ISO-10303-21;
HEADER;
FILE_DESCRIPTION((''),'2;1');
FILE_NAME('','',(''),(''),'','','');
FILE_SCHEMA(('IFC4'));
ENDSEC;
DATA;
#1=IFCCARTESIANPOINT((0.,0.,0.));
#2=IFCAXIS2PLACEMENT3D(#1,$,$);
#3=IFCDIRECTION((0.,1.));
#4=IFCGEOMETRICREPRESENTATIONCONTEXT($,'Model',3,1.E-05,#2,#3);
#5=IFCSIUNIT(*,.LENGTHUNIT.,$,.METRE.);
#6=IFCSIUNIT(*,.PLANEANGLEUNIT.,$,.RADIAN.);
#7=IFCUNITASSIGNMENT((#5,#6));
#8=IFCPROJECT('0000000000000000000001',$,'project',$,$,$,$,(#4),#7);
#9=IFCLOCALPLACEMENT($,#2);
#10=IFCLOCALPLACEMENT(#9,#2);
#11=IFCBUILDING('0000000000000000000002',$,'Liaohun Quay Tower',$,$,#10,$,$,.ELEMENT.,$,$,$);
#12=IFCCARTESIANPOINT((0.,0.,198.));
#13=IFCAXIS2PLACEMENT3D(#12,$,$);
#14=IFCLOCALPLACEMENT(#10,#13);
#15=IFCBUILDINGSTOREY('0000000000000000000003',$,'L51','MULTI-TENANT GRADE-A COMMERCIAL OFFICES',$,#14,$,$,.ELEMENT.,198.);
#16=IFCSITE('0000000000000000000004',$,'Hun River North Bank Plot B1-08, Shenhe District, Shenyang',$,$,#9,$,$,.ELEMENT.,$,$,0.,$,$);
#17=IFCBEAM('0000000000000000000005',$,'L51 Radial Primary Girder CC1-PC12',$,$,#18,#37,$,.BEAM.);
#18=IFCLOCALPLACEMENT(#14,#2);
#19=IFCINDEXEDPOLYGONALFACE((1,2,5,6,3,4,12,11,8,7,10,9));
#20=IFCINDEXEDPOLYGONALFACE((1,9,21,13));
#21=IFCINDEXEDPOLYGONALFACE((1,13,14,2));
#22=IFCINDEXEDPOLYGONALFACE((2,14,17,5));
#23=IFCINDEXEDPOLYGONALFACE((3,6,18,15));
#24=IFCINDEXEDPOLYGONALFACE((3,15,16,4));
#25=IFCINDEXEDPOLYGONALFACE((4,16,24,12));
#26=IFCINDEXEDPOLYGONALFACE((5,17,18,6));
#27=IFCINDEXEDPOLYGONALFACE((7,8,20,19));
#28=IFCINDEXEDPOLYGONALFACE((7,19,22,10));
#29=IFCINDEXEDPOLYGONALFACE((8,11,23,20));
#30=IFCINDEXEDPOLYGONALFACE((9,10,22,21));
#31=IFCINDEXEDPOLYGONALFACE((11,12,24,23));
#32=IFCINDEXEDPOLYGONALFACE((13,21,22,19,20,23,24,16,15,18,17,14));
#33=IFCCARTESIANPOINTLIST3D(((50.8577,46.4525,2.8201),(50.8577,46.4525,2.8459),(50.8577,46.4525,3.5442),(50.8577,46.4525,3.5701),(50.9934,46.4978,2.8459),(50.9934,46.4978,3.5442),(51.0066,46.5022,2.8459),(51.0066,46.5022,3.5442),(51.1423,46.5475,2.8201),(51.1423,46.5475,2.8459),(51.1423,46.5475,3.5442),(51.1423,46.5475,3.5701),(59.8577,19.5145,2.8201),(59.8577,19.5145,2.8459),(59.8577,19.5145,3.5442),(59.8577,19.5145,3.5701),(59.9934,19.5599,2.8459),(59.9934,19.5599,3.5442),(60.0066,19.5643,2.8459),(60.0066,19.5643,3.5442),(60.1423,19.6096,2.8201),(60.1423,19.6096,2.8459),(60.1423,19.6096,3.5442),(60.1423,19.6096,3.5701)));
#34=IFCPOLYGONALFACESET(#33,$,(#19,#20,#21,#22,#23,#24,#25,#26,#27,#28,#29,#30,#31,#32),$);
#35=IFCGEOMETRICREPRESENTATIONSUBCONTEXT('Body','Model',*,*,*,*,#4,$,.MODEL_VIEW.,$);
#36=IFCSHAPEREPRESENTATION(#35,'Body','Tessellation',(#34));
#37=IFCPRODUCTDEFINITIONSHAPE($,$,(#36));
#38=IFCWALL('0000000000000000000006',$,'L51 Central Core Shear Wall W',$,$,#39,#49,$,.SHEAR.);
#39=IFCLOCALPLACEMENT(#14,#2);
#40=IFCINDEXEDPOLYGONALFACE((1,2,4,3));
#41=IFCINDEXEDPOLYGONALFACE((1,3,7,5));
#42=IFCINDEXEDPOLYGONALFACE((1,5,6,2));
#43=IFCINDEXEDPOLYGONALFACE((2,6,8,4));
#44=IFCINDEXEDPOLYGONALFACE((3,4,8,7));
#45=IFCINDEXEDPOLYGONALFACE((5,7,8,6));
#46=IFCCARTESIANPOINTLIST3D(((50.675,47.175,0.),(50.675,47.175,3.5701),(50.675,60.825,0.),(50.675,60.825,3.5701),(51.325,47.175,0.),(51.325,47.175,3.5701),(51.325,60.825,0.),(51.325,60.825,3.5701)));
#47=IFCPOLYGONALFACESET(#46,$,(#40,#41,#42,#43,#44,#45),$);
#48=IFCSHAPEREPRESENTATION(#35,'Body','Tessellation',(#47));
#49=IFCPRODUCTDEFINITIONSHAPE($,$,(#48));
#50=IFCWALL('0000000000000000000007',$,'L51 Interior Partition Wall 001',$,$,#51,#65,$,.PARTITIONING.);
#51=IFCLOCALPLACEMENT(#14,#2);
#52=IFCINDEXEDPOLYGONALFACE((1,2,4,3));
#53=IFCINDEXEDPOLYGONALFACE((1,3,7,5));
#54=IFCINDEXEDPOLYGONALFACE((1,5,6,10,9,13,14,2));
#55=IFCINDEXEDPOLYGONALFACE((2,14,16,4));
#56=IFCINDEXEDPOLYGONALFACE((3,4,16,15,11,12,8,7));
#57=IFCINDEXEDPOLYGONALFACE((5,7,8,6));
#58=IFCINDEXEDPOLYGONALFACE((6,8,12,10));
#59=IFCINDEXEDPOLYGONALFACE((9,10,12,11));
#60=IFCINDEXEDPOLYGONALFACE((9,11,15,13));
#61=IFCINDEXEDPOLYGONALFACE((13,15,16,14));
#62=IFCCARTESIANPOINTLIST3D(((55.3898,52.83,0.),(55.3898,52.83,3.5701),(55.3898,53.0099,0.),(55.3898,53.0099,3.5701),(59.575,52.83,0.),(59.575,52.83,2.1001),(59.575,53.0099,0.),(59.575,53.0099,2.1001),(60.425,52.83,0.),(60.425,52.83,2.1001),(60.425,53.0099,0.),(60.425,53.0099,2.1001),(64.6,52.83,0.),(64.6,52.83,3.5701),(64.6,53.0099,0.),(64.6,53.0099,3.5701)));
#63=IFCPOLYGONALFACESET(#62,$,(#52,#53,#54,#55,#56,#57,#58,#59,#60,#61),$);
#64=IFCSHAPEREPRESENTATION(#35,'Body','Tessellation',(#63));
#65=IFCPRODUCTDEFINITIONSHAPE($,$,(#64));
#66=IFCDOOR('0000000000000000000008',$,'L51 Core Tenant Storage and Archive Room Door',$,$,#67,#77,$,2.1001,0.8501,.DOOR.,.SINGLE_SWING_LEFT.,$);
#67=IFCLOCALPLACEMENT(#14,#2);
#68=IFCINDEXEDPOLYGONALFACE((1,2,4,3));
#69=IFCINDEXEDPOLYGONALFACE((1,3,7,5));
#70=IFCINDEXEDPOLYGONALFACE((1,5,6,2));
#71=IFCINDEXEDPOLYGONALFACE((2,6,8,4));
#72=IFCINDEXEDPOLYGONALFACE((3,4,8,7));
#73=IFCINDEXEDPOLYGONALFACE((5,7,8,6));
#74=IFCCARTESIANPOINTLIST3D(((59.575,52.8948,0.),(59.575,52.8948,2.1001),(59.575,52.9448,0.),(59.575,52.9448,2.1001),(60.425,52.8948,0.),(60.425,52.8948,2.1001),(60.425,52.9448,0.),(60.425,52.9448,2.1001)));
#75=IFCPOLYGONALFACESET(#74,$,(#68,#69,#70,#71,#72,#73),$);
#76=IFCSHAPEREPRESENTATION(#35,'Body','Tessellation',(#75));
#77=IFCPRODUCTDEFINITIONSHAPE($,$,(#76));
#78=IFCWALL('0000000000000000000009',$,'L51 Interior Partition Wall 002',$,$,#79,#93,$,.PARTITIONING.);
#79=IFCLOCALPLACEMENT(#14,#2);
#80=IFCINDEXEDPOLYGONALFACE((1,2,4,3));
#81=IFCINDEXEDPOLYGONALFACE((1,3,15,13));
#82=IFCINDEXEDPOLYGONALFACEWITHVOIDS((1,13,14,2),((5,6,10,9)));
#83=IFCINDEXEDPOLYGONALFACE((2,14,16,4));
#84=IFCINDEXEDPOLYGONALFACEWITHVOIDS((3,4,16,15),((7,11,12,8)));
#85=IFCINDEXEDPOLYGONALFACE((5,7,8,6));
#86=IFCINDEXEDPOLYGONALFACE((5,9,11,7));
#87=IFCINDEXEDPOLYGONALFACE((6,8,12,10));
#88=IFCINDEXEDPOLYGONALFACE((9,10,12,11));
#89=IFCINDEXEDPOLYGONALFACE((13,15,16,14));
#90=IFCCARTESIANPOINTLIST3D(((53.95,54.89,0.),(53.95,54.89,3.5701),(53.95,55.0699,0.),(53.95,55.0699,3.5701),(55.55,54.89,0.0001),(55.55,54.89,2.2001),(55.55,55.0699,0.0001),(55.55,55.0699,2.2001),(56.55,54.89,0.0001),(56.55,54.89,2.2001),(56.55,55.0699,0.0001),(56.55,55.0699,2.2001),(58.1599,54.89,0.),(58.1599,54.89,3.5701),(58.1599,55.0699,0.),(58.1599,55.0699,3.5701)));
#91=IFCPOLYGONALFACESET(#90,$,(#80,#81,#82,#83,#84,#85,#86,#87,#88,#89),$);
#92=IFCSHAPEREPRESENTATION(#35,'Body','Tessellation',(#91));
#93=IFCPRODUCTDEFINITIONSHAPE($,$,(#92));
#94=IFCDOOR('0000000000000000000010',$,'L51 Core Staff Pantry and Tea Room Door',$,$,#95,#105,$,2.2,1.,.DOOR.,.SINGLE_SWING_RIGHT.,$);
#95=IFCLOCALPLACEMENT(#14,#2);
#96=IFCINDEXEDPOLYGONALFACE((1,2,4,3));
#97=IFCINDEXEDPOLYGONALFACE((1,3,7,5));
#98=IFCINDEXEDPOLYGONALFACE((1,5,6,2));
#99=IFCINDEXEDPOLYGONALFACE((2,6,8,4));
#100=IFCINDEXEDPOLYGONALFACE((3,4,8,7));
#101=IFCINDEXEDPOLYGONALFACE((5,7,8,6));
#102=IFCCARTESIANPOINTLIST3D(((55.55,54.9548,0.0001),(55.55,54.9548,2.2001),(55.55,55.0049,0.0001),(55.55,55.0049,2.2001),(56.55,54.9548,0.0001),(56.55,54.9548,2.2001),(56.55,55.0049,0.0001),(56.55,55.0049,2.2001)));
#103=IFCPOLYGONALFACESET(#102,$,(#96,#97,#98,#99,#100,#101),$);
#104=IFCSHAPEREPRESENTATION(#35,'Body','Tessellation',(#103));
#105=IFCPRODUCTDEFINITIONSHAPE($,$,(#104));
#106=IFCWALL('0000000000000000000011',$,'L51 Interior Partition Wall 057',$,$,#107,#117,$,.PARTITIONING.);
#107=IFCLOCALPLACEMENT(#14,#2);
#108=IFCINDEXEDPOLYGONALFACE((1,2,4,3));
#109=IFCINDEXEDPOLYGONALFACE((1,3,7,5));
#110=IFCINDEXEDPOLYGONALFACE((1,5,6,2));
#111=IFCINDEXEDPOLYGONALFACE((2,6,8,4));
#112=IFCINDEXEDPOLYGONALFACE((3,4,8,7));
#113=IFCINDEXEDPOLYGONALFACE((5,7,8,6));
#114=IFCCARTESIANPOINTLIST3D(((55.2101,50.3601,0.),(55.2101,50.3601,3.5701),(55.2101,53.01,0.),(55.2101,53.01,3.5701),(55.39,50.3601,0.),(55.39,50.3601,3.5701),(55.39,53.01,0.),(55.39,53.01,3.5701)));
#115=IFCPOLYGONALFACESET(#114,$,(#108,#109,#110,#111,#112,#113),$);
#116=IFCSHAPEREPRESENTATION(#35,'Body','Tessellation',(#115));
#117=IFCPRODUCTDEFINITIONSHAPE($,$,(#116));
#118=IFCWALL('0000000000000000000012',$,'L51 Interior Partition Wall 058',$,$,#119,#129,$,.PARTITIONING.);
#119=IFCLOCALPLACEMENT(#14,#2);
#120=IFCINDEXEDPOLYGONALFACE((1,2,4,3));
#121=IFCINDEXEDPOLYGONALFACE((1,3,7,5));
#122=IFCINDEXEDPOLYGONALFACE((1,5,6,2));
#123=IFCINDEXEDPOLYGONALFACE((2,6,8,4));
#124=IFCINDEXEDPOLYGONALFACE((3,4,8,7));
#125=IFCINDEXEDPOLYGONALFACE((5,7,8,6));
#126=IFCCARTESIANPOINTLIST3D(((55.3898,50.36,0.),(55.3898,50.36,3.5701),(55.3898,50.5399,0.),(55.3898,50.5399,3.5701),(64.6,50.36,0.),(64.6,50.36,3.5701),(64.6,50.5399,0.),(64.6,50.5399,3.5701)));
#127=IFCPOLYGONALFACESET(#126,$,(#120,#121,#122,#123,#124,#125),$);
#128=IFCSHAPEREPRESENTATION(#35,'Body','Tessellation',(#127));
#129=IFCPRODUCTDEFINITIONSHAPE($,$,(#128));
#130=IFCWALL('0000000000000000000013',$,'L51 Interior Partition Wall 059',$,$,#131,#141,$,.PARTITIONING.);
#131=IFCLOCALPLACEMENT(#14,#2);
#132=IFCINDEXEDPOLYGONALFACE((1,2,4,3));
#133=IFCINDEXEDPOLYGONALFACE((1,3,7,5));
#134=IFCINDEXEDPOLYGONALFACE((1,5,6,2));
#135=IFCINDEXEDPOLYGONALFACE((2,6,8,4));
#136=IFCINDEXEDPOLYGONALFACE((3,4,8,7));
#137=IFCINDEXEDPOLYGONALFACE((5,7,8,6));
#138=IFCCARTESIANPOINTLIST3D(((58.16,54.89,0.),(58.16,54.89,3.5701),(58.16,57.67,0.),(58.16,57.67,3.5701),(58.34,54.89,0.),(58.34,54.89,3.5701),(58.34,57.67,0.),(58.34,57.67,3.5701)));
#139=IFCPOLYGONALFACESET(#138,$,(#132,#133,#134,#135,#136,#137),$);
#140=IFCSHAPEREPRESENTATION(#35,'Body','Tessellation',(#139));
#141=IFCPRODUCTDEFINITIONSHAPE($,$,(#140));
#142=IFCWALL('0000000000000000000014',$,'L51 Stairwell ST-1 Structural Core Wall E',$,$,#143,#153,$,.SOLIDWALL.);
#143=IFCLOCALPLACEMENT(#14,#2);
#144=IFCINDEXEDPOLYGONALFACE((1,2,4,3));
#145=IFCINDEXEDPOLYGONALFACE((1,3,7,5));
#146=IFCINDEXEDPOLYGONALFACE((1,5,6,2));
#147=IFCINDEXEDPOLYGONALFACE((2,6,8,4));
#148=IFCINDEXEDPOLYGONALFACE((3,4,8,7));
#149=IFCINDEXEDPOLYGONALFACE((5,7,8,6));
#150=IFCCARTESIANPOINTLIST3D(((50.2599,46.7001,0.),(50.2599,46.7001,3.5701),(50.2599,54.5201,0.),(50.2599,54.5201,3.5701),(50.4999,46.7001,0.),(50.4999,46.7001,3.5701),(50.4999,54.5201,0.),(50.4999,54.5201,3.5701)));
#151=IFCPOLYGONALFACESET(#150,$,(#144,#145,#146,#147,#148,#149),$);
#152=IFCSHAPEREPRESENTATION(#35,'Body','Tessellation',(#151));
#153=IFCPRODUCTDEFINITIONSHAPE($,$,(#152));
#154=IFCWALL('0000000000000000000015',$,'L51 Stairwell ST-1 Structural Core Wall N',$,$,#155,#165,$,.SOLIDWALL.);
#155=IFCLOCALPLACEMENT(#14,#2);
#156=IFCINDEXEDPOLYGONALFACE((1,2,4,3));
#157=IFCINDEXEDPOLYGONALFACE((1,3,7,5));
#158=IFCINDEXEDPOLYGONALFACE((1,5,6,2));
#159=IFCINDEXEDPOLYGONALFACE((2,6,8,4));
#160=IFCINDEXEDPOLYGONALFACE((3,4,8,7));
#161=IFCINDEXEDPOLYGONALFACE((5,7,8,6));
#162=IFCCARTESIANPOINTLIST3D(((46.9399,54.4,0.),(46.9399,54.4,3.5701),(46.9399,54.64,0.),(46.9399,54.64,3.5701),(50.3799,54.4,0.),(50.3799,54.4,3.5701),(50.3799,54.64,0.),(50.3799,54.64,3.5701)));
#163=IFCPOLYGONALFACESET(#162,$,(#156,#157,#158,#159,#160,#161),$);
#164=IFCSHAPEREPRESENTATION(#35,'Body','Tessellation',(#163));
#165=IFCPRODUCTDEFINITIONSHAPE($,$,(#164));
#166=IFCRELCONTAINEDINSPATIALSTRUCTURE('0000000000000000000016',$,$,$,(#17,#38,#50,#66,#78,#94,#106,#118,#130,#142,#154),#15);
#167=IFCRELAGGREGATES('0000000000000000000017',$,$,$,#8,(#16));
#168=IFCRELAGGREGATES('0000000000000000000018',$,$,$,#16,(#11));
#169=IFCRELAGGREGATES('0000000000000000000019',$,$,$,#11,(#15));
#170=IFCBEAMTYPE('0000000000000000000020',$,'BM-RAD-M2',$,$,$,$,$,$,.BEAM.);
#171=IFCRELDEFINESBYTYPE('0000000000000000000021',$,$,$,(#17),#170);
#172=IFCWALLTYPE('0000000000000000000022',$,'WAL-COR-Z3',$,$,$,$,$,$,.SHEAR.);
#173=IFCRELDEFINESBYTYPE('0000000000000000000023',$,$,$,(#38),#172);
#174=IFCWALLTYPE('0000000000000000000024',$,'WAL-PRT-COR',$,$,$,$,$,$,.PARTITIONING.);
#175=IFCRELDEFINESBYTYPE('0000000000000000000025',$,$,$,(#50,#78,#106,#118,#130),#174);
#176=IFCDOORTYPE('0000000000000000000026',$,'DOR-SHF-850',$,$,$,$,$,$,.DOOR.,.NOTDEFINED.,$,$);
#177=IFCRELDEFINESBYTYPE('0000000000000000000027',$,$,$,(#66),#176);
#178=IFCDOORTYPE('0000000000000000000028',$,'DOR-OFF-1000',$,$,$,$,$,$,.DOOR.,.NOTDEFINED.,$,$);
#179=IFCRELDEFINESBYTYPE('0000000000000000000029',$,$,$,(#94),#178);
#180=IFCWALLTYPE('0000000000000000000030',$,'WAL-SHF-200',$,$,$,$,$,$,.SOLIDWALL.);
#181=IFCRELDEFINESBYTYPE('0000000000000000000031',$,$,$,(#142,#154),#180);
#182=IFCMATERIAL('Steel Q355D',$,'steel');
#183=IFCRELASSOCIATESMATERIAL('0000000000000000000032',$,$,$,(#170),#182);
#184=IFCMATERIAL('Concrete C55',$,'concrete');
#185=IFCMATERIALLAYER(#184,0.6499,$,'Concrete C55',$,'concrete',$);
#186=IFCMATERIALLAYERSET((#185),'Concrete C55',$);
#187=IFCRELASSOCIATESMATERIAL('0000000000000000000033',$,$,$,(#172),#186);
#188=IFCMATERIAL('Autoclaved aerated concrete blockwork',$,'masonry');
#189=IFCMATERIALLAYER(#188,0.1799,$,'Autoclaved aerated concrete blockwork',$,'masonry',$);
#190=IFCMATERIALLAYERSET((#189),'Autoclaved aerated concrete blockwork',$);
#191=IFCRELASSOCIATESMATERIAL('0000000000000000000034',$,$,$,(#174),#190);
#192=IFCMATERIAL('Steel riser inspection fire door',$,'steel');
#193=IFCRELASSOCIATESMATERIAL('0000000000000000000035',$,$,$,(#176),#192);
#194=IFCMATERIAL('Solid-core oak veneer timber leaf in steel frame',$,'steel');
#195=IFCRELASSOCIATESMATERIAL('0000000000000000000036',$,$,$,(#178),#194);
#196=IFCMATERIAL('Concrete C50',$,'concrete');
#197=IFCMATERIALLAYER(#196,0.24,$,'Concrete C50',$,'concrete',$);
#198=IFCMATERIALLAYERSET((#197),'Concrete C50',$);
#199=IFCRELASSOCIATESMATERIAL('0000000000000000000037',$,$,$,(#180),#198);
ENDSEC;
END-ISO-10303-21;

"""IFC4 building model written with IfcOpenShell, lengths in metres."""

from ifc_helpers import new_model, si_unit, direction, frame, frame_2d, origin, origin_2d, place, context, subcontext, project, spatial, rectangle, i_section, extrude, source, transform, mapped, material, layer, layer_set, material_profile, profile_set, type_object, element, fill, save


model = new_model("IFC4")

# Units and contexts
model_context = context("Model", 3, precision=1e-05, world=origin(), true_north=direction((0.0, 1.0)))
body_context = subcontext(model_context, "Body", "Model", "MODEL_VIEW")
ifc_project = project(units=[si_unit("LENGTHUNIT", "METRE"), si_unit("PLANEANGLEUNIT", "RADIAN")], contexts=[model_context])

# Site, building, storey
site_placement = place(None, origin())
site = spatial("IfcSite", under=ifc_project, at=site_placement, Name="Hun River North Bank Plot B1-08, Shenhe District, Shenyang", CompositionType="ELEMENT", RefElevation=0.0)
building_placement = place(site_placement, origin())
building = spatial("IfcBuilding", under=site, at=building_placement, Name="Liaohun Quay Tower", CompositionType="ELEMENT")
storey_placement = place(building_placement, frame((0.0, 0.0, 198.0)))
storey = spatial("IfcBuildingStorey", under=building, at=storey_placement, Name="L51", Description="MULTI-TENANT GRADE-A COMMERCIAL OFFICES", CompositionType="ELEMENT", Elevation=198.0)

# Beam
ifc_material_1 = material(Name="Steel Q355D", Category="steel")
ifc_material_profile = material_profile(ifc_material_1, i_section(OverallWidth=0.3, OverallDepth=0.75, WebThickness=0.0139, FlangeThickness=0.0259, at=origin_2d()), Name="HN750x300x14x26")
ifc_profile_set = profile_set([ifc_material_profile], Name="Steel Q355D")
beam_type = type_object("IfcBeamType", Name="BM-RAD-M2", PredefinedType="BEAM", material=ifc_profile_set)
shared_shape_1 = source(origin(), body_context, "Body", "SweptSolid", [
    extrude(i_section(OverallWidth=0.3, OverallDepth=0.75, WebThickness=0.0139, FlangeThickness=0.0259, at=origin_2d()), origin(), (0.0, 0.0, 1.0), 28.4016),
])
beam_placement = place(storey_placement, frame((51.0, 46.5, 3.1951), z_axis=(0.316883, -0.948465, 0.0), x_axis=(0.948465, 0.316883, 0.0)))
element("IfcBeam", 1, at=beam_placement, inside=storey, type_object=beam_type, Name="L51 Radial Primary Girder CC1-PC12", PredefinedType="BEAM", context=body_context, shape_type="MappedRepresentation", body=[
    mapped(shared_shape_1, transform((0.0, 0.0, 0.0), x_axis=(1.0, 0.0, 0.0), y_axis=(0.0, 1.0, 0.0), z_axis=(0.0, 0.0, 1.0), scale=1.0)),
])

# Wall
ifc_material_2 = material(Name="Concrete C55", Category="concrete")
ifc_layer_1 = layer(ifc_material_2, 0.6499, Name="Concrete C55", Category="concrete")
ifc_layer_set_1 = layer_set([ifc_layer_1], Name="Concrete C55")
wall_type_1 = type_object("IfcWallType", Name="WAL-COR-Z3", PredefinedType="SHEAR", material=ifc_layer_set_1)
wall_1_placement = place(storey_placement, frame((51.0, 47.175, 0.0), z_axis=(0.0, 0.0, 1.0), x_axis=(0.0, 1.0, 0.0)))
element("IfcWall", 2, at=wall_1_placement, inside=storey, type_object=wall_type_1, Name="L51 Central Core Shear Wall W", PredefinedType="SHEAR", context=body_context, shape_type="SweptSolid", body=[
    extrude(rectangle(XDim=13.6499, YDim=0.6499, at=frame_2d((6.825, 0.0))), origin(), (0.0, 0.0, 1.0), 3.5701),
])

# Walls, openings, doors
ifc_material_3 = material(Name="Autoclaved aerated concrete blockwork", Category="masonry")
ifc_layer_2 = layer(ifc_material_3, 0.1799, Name="Autoclaved aerated concrete blockwork", Category="masonry")
ifc_layer_set_2 = layer_set([ifc_layer_2], Name="Autoclaved aerated concrete blockwork")
wall_type_2 = type_object("IfcWallType", Name="WAL-PRT-COR", PredefinedType="PARTITIONING", material=ifc_layer_set_2)
wall_2_placement = place(storey_placement, frame((55.3899, 52.9199, 0.0), z_axis=(0.0, 0.0, 1.0), x_axis=(1.0, 0.0, 0.0)))
wall_2 = element("IfcWall", 3, at=wall_2_placement, inside=storey, type_object=wall_type_2, Name="L51 Interior Partition Wall 001", PredefinedType="PARTITIONING", context=body_context, shape_type="SweptSolid", body=[
    extrude(rectangle(XDim=9.2102, YDim=0.1799, at=frame_2d((4.605, 0.0))), origin(), (0.0, 0.0, 1.0), 3.5701),
])
shared_shape_2 = source(origin(), body_context, "Body", "SweptSolid", [
    extrude(rectangle(XDim=0.8501, YDim=2.1001, at=frame_2d((0.425, 1.05))), frame((0.0, 0.0999, 0.0), z_axis=(0.0, -1.0, 0.0), x_axis=(1.0, 0.0, 0.0)), (0.0, 0.0, 1.0), 0.2),
])
opening_1_placement = place(wall_2_placement, frame((4.1851, 0.0, 0.0)))
opening_1 = element("IfcOpeningElement", 4, at=opening_1_placement, cuts=wall_2, PredefinedType="OPENING", context=body_context, shape_type="MappedRepresentation", body=[
    mapped(shared_shape_2, transform((0.0, 0.0, 0.0), x_axis=(1.0, 0.0, 0.0), y_axis=(0.0, 1.0, 0.0), z_axis=(0.0, 0.0, 1.0), scale=1.0)),
])
ifc_material_4 = material(Name="Steel riser inspection fire door", Category="steel")
door_type_1 = type_object("IfcDoorType", Name="DOR-SHF-850", OperationType="NOTDEFINED", PredefinedType="DOOR", material=ifc_material_4)
shared_shape_3 = source(origin(), body_context, "Body", "SweptSolid", [
    extrude(rectangle(XDim=0.8501, YDim=2.1001, at=frame_2d((0.425, 1.05))), frame((0.0, 0.0249, 0.0), z_axis=(0.0, -1.0, 0.0), x_axis=(1.0, 0.0, 0.0)), (0.0, 0.0, 1.0), 0.05),
])
door_1_placement = place(opening_1_placement, origin())
door_1 = element("IfcDoor", 5, at=door_1_placement, inside=storey, type_object=door_type_1, Name="L51 Core Tenant Storage and Archive Room Door", OperationType="SINGLE_SWING_LEFT", OverallHeight=2.1001, OverallWidth=0.8501, PredefinedType="DOOR", context=body_context, shape_type="MappedRepresentation", body=[
    mapped(shared_shape_3, transform((0.0, 0.0, 0.0), x_axis=(1.0, 0.0, 0.0), y_axis=(0.0, 1.0, 0.0), z_axis=(0.0, 0.0, 1.0), scale=1.0)),
])
fill(opening_1, door_1)
wall_3_placement = place(storey_placement, frame((53.95, 54.98, 0.0), z_axis=(0.0, 0.0, 1.0), x_axis=(1.0, 0.0, 0.0)))
wall_3 = element("IfcWall", 6, at=wall_3_placement, inside=storey, type_object=wall_type_2, Name="L51 Interior Partition Wall 002", PredefinedType="PARTITIONING", context=body_context, shape_type="SweptSolid", body=[
    extrude(rectangle(XDim=4.21, YDim=0.1799, at=frame_2d((2.105, 0.0))), origin(), (0.0, 0.0, 1.0), 3.5701),
])
shared_shape_4 = source(origin(), body_context, "Body", "SweptSolid", [
    extrude(rectangle(XDim=1.0, YDim=2.2, at=frame_2d((0.5, 1.1001))), frame((0.0, 0.0999, 0.0), z_axis=(0.0, -1.0, 0.0), x_axis=(1.0, 0.0, 0.0)), (0.0, 0.0, 1.0), 0.2),
])
opening_2_placement = place(wall_3_placement, frame((1.6001, 0.0, 0.0)))
opening_2 = element("IfcOpeningElement", 7, at=opening_2_placement, cuts=wall_3, PredefinedType="OPENING", context=body_context, shape_type="MappedRepresentation", body=[
    mapped(shared_shape_4, transform((0.0, 0.0, 0.0), x_axis=(1.0, 0.0, 0.0), y_axis=(0.0, 1.0, 0.0), z_axis=(0.0, 0.0, 1.0), scale=1.0)),
])
ifc_material_5 = material(Name="Solid-core oak veneer timber leaf in steel frame", Category="steel")
door_type_2 = type_object("IfcDoorType", Name="DOR-OFF-1000", OperationType="NOTDEFINED", PredefinedType="DOOR", material=ifc_material_5)
shared_shape_5 = source(origin(), body_context, "Body", "SweptSolid", [
    extrude(rectangle(XDim=1.0, YDim=2.2, at=frame_2d((0.5, 1.1001))), frame((0.0, 0.0249, 0.0), z_axis=(0.0, -1.0, 0.0), x_axis=(1.0, 0.0, 0.0)), (0.0, 0.0, 1.0), 0.05),
])
door_2_placement = place(opening_2_placement, origin())
door_2 = element("IfcDoor", 8, at=door_2_placement, inside=storey, type_object=door_type_2, Name="L51 Core Staff Pantry and Tea Room Door", OperationType="SINGLE_SWING_RIGHT", OverallHeight=2.2, OverallWidth=1.0, PredefinedType="DOOR", context=body_context, shape_type="MappedRepresentation", body=[
    mapped(shared_shape_5, transform((0.0, 0.0, 0.0), x_axis=(1.0, 0.0, 0.0), y_axis=(0.0, 1.0, 0.0), z_axis=(0.0, 0.0, 1.0), scale=1.0)),
])
fill(opening_2, door_2)

# Walls
wall_4_placement = place(storey_placement, frame((55.3, 50.3601, 0.0), z_axis=(0.0, 0.0, 1.0), x_axis=(0.0, 1.0, 0.0)))
element("IfcWall", 9, at=wall_4_placement, inside=storey, type_object=wall_type_2, Name="L51 Interior Partition Wall 057", PredefinedType="PARTITIONING", context=body_context, shape_type="SweptSolid", body=[
    extrude(rectangle(XDim=2.6499, YDim=0.1799, at=frame_2d((1.325, 0.0))), origin(), (0.0, 0.0, 1.0), 3.5701),
])
wall_5_placement = place(storey_placement, frame((55.3899, 50.45, 0.0), z_axis=(0.0, 0.0, 1.0), x_axis=(1.0, 0.0, 0.0)))
element("IfcWall", 10, at=wall_5_placement, inside=storey, type_object=wall_type_2, Name="L51 Interior Partition Wall 058", PredefinedType="PARTITIONING", context=body_context, shape_type="SweptSolid", body=[
    extrude(rectangle(XDim=9.2102, YDim=0.1799, at=frame_2d((4.605, 0.0))), origin(), (0.0, 0.0, 1.0), 3.5701),
])
wall_6_placement = place(storey_placement, frame((58.25, 54.8899, 0.0), z_axis=(0.0, 0.0, 1.0), x_axis=(0.0, 1.0, 0.0)))
element("IfcWall", 11, at=wall_6_placement, inside=storey, type_object=wall_type_2, Name="L51 Interior Partition Wall 059", PredefinedType="PARTITIONING", context=body_context, shape_type="SweptSolid", body=[
    extrude(rectangle(XDim=2.78, YDim=0.1799, at=frame_2d((1.3901, 0.0))), origin(), (0.0, 0.0, 1.0), 3.5701),
])
ifc_material_6 = material(Name="Concrete C50", Category="concrete")
ifc_layer_3 = layer(ifc_material_6, 0.24, Name="Concrete C50", Category="concrete")
ifc_layer_set_3 = layer_set([ifc_layer_3], Name="Concrete C50")
wall_type_3 = type_object("IfcWallType", Name="WAL-SHF-200", PredefinedType="SOLIDWALL", material=ifc_layer_set_3)
wall_7_placement = place(storey_placement, frame((50.3799, 46.7, 0.0), z_axis=(0.0, 0.0, 1.0), x_axis=(0.0, 1.0, 0.0)))
element("IfcWall", 12, at=wall_7_placement, inside=storey, type_object=wall_type_3, Name="L51 Stairwell ST-1 Structural Core Wall E", PredefinedType="SOLIDWALL", context=body_context, shape_type="SweptSolid", body=[
    extrude(rectangle(XDim=7.8201, YDim=0.24, at=frame_2d((3.9102, 0.0))), origin(), (0.0, 0.0, 1.0), 3.5701),
])
wall_8_placement = place(storey_placement, frame((50.3799, 54.52, 0.0), z_axis=(0.0, 0.0, 1.0), x_axis=(-1.0, 0.0, 0.0)))
element("IfcWall", 13, at=wall_8_placement, inside=storey, type_object=wall_type_3, Name="L51 Stairwell ST-1 Structural Core Wall N", PredefinedType="SOLIDWALL", context=body_context, shape_type="SweptSolid", body=[
    extrude(rectangle(XDim=3.4399, YDim=0.24, at=frame_2d((1.72, 0.0))), origin(), (0.0, 0.0, 1.0), 3.5701),
])

save(model, "model.ifc")
